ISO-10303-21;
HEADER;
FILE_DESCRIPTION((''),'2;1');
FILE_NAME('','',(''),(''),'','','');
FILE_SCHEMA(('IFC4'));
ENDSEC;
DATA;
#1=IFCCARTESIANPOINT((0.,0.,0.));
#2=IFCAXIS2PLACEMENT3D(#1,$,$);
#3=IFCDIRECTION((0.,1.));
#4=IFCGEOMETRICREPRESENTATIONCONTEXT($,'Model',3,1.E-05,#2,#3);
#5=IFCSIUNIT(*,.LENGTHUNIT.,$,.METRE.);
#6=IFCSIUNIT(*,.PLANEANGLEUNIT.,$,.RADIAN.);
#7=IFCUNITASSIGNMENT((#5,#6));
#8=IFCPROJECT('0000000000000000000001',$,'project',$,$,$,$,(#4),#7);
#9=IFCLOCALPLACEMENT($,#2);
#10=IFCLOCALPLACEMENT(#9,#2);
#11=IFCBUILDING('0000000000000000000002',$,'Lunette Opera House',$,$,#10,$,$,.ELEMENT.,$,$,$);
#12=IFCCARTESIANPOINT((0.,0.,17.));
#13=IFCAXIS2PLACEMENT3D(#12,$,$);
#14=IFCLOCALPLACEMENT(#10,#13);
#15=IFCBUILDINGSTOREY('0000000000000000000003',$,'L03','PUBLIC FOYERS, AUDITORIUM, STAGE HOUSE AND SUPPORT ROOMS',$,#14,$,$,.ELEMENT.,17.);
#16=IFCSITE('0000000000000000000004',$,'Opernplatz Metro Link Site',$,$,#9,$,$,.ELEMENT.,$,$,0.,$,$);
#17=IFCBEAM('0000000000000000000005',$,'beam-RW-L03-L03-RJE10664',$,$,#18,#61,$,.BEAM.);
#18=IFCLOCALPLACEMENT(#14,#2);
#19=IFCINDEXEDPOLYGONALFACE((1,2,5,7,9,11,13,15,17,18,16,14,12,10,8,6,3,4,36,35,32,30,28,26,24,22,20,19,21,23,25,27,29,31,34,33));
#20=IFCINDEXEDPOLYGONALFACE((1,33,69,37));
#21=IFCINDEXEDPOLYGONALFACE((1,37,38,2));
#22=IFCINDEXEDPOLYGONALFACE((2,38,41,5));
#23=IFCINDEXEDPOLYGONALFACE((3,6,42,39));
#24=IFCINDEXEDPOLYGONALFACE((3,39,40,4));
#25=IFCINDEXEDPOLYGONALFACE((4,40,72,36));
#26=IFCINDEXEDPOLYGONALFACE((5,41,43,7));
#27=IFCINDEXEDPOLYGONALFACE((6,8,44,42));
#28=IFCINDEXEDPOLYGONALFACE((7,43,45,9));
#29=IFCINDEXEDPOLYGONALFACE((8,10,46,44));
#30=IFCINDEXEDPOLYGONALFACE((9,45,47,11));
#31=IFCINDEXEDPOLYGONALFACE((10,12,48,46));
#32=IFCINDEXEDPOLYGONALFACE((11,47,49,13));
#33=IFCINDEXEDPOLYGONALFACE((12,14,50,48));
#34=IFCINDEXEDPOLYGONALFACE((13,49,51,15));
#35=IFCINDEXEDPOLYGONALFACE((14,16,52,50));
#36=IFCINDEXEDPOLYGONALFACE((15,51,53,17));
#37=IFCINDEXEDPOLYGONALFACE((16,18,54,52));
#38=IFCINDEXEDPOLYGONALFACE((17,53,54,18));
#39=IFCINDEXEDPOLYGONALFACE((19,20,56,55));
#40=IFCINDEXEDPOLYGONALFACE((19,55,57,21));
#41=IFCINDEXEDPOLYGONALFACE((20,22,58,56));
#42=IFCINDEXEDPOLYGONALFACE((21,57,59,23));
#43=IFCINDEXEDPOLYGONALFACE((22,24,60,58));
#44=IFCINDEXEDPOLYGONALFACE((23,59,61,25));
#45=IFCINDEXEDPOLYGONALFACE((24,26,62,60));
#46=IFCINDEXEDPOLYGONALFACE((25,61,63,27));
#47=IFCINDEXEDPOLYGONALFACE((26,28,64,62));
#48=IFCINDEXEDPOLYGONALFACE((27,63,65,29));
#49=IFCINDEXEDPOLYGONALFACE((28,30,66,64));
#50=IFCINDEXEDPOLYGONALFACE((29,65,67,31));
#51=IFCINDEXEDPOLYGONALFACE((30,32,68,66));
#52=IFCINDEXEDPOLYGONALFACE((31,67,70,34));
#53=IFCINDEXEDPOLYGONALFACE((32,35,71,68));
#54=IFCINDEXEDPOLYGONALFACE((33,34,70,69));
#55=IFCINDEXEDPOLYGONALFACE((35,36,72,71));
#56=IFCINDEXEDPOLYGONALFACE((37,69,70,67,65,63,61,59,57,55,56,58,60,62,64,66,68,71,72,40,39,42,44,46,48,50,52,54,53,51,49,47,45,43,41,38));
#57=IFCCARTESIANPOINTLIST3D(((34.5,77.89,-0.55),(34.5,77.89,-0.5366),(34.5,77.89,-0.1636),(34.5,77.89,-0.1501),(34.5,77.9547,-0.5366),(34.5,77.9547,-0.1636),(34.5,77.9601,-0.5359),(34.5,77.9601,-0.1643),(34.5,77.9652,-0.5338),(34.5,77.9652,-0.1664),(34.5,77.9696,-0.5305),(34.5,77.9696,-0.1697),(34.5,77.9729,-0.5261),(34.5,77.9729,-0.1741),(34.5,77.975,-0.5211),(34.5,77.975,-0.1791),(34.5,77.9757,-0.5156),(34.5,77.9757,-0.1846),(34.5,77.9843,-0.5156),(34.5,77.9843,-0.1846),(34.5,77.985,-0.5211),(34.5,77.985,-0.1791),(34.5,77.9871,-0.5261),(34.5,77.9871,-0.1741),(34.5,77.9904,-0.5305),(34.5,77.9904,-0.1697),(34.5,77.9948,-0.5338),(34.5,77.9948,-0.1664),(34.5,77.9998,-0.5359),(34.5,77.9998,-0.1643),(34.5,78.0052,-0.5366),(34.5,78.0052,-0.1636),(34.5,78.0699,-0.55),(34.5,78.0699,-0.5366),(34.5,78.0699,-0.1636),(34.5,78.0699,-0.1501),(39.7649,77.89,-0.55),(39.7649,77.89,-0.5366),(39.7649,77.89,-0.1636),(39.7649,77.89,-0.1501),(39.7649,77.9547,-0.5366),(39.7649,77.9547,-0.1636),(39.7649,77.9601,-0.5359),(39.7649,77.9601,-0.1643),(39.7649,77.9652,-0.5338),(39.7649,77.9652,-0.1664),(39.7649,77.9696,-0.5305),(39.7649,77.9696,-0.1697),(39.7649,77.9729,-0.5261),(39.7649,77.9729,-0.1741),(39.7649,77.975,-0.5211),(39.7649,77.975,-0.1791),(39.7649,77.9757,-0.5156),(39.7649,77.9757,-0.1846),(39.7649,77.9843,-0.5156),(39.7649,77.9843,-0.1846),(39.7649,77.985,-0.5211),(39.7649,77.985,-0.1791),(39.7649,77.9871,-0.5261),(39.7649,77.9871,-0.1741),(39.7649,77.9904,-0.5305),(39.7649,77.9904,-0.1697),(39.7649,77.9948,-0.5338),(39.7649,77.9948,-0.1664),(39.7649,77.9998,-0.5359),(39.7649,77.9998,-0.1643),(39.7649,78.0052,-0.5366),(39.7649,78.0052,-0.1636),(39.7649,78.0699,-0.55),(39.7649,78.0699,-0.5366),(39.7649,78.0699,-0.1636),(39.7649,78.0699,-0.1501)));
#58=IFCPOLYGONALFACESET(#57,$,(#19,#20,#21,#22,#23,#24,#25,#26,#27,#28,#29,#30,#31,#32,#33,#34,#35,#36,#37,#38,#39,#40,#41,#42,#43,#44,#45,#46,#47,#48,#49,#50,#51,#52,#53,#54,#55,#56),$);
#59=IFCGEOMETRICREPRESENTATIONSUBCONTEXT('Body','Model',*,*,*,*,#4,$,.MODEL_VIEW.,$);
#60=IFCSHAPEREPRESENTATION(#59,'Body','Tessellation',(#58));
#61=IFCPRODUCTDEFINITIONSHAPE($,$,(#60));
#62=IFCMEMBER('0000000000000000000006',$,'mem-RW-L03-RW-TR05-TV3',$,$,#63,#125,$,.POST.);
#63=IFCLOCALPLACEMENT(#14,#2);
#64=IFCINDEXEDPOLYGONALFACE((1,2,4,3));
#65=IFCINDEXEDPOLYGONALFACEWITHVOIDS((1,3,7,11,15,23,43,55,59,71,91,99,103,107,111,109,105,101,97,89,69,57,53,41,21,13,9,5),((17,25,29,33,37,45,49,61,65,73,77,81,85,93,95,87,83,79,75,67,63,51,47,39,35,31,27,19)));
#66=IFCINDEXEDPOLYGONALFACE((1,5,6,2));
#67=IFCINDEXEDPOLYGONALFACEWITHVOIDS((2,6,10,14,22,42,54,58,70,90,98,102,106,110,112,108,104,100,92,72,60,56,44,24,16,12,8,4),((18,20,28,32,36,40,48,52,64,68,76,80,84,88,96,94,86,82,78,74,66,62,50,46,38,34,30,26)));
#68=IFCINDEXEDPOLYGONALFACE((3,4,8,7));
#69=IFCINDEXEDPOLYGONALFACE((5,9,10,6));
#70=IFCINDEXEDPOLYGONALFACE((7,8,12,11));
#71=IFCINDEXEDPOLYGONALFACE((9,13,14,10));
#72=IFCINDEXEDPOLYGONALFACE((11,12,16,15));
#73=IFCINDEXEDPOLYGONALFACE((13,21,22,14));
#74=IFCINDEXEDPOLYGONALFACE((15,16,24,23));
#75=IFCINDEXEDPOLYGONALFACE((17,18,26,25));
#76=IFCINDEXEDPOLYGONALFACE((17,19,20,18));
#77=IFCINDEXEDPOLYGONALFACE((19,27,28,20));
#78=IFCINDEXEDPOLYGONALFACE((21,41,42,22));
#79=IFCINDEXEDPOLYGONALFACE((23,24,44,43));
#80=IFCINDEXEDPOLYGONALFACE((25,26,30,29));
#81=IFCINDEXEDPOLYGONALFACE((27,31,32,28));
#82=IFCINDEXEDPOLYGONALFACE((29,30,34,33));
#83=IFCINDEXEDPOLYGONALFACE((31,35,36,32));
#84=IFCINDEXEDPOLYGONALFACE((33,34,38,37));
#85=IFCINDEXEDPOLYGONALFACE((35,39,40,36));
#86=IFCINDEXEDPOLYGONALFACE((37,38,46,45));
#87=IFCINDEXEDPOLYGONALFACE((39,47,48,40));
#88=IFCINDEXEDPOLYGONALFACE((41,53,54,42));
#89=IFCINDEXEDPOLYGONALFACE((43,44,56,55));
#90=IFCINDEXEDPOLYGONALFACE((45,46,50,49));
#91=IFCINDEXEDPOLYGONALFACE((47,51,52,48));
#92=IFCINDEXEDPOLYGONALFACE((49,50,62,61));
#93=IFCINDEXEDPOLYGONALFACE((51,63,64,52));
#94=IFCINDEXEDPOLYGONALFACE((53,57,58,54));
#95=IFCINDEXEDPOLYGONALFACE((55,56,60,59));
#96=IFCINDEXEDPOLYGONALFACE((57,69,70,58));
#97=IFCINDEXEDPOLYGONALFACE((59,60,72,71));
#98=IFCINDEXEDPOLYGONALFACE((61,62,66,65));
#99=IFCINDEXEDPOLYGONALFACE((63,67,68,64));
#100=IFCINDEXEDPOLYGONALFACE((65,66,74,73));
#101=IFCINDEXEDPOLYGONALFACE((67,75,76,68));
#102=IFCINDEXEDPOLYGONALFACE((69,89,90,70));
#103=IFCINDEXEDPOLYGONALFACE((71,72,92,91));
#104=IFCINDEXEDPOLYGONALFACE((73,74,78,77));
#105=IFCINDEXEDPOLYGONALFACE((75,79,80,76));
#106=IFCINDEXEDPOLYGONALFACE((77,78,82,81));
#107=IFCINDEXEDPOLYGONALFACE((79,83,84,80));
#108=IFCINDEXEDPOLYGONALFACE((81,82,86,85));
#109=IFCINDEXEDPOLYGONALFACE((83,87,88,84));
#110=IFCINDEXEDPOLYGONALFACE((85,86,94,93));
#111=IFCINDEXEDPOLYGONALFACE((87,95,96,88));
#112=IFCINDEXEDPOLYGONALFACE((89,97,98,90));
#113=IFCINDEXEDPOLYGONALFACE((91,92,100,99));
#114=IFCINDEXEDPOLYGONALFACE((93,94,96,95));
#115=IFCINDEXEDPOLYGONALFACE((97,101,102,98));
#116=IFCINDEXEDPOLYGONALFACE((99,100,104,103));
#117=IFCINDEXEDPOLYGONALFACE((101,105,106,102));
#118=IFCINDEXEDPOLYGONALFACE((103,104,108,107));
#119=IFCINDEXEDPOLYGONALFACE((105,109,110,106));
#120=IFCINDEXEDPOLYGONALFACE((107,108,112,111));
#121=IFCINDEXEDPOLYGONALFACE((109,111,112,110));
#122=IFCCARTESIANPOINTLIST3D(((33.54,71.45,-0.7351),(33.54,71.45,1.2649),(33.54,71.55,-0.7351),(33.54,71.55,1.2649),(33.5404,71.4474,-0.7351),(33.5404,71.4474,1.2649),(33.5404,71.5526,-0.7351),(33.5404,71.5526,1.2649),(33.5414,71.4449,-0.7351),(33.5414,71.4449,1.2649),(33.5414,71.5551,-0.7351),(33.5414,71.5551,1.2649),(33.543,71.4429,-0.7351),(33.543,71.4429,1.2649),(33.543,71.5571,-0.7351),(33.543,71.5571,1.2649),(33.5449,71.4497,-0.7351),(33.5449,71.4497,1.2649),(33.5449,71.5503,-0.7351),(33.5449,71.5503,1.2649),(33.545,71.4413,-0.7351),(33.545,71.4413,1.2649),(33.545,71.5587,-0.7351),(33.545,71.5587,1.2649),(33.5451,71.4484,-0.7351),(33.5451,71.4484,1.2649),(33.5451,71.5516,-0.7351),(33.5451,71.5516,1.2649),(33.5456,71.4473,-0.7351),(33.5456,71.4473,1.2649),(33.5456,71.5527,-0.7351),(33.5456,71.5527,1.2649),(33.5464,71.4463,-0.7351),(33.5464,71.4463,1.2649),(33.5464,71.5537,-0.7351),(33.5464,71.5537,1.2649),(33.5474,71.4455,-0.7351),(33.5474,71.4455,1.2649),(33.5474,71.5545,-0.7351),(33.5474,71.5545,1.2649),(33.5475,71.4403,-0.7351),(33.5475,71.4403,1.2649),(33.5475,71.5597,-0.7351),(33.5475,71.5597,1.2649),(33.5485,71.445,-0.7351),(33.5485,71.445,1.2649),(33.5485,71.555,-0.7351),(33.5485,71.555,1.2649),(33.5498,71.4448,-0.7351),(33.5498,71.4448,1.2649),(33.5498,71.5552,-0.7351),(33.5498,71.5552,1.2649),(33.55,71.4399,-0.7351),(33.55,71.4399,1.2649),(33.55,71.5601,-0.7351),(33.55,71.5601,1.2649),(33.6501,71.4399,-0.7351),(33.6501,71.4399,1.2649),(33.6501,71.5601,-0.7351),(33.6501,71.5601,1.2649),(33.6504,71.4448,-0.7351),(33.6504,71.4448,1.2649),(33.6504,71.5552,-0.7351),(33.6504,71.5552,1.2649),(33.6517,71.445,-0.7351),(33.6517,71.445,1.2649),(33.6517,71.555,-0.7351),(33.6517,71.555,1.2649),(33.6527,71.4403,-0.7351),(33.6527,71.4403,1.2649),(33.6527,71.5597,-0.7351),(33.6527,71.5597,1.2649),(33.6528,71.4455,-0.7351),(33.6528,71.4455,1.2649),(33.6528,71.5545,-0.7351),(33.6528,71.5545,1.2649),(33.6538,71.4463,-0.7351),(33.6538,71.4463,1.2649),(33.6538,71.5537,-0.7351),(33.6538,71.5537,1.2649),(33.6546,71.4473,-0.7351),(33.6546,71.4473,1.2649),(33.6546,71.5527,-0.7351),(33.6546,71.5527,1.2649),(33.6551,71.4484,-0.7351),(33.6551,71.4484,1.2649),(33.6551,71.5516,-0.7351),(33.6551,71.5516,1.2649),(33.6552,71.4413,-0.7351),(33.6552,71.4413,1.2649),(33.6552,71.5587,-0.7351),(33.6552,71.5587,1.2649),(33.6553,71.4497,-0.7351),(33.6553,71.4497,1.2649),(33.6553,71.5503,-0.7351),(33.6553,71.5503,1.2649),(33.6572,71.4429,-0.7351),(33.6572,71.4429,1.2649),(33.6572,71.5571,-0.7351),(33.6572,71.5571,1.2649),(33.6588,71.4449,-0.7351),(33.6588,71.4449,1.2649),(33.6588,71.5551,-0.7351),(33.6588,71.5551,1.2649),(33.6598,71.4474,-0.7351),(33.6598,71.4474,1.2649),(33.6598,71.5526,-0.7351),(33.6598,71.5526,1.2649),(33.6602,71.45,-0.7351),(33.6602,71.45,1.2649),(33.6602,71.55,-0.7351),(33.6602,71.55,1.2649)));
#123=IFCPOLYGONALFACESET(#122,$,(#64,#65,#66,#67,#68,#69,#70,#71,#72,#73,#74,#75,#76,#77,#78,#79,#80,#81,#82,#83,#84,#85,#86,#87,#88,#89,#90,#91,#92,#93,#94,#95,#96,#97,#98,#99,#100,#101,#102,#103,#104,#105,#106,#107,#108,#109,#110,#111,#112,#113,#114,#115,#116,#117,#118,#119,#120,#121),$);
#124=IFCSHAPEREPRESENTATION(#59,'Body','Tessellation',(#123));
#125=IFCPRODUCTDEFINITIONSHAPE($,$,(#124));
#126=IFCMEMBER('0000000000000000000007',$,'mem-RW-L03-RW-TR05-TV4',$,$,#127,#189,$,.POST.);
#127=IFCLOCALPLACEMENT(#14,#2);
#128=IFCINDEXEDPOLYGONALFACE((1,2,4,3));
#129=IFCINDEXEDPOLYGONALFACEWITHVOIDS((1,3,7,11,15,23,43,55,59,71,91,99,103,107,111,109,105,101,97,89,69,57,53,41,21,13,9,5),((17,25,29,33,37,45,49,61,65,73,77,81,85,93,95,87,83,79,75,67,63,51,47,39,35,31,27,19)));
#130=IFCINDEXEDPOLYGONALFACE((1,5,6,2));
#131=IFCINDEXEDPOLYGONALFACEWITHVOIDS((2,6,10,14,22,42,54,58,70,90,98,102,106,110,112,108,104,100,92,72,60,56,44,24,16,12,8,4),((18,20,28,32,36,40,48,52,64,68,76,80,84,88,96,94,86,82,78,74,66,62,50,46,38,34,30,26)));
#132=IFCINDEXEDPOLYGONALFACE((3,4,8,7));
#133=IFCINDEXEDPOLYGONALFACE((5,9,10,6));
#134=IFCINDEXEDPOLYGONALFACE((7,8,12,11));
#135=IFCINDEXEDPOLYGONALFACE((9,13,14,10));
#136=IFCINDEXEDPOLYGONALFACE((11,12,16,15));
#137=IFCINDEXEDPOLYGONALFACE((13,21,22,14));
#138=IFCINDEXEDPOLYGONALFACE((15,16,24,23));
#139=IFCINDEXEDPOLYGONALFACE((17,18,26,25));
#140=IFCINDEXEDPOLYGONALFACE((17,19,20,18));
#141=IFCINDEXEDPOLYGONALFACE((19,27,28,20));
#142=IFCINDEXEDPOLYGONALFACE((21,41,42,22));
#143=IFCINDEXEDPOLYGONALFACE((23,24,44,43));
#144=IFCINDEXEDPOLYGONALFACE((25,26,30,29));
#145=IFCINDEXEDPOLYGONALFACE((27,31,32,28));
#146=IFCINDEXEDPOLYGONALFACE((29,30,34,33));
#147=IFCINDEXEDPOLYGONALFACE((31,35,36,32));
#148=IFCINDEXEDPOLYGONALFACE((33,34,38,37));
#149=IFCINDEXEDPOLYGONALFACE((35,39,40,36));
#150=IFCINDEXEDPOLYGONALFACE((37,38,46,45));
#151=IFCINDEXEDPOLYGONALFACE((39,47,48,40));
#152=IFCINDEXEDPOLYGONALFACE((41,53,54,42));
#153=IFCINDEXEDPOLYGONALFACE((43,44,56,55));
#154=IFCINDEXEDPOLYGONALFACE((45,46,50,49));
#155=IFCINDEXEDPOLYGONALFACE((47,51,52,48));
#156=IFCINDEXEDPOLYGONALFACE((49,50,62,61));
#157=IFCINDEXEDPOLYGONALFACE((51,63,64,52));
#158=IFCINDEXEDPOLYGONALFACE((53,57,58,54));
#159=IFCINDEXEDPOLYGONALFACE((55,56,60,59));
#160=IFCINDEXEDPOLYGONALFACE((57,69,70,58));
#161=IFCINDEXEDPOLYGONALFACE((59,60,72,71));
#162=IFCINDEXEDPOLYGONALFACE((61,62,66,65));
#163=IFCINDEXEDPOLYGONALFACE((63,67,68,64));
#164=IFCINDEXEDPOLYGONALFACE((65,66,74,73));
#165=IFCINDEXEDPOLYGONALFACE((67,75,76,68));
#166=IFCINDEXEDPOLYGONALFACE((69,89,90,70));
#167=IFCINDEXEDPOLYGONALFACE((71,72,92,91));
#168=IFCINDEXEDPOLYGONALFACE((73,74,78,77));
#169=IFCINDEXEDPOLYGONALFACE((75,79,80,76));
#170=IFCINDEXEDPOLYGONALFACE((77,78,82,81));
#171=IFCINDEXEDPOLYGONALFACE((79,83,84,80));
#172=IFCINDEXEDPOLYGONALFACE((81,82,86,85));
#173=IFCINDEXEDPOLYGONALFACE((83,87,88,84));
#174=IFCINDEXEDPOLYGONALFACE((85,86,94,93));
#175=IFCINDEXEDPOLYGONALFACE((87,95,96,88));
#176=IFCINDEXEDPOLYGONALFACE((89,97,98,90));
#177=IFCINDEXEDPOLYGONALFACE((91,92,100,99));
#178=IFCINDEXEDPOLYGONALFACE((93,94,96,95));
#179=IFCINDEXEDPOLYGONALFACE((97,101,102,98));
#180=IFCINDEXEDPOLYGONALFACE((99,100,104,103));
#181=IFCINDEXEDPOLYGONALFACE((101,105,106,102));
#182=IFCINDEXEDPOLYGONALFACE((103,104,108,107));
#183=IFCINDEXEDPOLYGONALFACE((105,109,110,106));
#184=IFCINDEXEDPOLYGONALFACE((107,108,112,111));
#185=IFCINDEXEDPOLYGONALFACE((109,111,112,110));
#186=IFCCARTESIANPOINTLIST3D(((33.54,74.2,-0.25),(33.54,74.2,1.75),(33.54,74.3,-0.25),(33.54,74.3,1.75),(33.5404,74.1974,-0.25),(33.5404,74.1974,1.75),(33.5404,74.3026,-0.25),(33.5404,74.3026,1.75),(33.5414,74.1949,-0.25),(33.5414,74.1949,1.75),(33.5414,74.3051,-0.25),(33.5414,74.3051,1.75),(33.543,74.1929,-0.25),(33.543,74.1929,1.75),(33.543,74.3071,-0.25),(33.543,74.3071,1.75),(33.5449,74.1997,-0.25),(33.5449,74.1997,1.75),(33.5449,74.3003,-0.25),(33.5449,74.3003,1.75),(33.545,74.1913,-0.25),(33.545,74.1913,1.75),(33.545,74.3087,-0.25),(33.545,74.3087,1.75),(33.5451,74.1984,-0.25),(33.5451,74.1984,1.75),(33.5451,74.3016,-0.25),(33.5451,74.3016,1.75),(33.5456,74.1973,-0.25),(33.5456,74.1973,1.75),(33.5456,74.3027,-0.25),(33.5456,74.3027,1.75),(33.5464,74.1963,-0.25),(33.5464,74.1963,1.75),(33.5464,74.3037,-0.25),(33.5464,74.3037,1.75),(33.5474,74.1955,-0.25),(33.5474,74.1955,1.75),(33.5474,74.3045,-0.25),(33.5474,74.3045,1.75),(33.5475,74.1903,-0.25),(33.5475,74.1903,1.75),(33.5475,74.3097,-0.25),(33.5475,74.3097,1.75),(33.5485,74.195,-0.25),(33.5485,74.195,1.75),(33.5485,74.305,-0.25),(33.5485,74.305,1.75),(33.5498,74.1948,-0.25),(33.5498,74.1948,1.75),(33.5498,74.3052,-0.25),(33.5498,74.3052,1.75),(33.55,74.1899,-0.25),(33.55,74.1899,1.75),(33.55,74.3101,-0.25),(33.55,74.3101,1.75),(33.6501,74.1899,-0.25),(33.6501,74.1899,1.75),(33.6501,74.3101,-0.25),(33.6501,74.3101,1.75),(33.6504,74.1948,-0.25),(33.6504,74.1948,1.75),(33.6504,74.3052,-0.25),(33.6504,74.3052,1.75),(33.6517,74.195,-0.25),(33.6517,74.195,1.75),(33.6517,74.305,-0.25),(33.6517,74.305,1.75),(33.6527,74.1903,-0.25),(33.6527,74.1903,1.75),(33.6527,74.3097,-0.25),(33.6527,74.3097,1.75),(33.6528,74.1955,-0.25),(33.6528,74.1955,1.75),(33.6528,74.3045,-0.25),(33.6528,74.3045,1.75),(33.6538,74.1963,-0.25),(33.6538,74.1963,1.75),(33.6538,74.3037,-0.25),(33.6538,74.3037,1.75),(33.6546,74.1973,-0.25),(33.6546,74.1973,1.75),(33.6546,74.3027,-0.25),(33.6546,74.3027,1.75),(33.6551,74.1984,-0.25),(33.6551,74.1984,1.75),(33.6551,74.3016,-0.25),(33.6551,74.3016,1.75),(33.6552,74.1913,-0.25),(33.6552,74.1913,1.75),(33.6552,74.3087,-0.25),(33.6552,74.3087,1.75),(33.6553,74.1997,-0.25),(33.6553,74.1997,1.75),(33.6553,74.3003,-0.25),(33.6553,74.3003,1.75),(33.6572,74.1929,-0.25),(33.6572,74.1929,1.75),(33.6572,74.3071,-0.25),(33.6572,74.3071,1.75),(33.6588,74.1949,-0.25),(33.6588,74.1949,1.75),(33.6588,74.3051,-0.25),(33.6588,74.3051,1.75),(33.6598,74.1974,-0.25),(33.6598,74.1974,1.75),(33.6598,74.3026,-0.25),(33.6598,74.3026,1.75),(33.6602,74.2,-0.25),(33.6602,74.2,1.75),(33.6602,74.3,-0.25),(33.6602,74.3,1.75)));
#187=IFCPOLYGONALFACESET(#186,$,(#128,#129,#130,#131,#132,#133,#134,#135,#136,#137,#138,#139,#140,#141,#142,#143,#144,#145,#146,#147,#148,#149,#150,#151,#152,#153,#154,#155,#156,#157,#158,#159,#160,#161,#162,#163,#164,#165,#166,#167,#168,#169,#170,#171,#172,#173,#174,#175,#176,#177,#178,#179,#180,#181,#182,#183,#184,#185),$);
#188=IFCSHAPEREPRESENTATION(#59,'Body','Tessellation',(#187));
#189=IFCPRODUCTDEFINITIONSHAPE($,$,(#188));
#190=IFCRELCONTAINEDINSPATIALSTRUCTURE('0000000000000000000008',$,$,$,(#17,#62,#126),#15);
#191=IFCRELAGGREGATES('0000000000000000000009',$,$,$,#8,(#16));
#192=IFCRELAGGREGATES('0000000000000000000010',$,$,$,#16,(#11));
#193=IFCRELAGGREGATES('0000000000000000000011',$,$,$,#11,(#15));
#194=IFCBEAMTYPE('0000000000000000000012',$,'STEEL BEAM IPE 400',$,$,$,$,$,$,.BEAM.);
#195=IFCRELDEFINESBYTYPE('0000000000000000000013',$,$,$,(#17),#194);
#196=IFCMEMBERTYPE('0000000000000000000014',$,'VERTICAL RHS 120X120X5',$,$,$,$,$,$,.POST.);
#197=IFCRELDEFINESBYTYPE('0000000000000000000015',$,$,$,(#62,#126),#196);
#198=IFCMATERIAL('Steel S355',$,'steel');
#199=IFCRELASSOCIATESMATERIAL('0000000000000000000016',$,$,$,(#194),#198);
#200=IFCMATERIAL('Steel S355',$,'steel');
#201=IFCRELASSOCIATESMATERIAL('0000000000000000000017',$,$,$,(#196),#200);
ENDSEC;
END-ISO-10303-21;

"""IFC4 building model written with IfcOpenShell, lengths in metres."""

from ifc_helpers import new_model, si_unit, direction, frame, origin, origin_2d, place, context, subcontext, project, spatial, hollow_rectangle, i_section, extrude, material, material_profile, profile_set, type_object, element, save


model = new_model("IFC4")

# Units and contexts
model_context = context("Model", 3, precision=1e-05, world=origin(), true_north=direction((0.0, 1.0)))
body_context = subcontext(model_context, "Body", "Model", "MODEL_VIEW")
ifc_project = project(units=[si_unit("LENGTHUNIT", "METRE"), si_unit("PLANEANGLEUNIT", "RADIAN")], contexts=[model_context])

# Site, building, storey
site_placement = place(None, origin())
site = spatial("IfcSite", under=ifc_project, at=site_placement, Name="Opernplatz Metro Link Site", CompositionType="ELEMENT", RefElevation=0.0)
building_placement = place(site_placement, origin())
building = spatial("IfcBuilding", under=site, at=building_placement, Name="Lunette Opera House", CompositionType="ELEMENT")
storey_placement = place(building_placement, frame((0.0, 0.0, 17.0)))
storey = spatial("IfcBuildingStorey", under=building, at=storey_placement, Name="L03", Description="PUBLIC FOYERS, AUDITORIUM, STAGE HOUSE AND SUPPORT ROOMS", CompositionType="ELEMENT", Elevation=17.0)

# Beam
ifc_material_1 = material(Name="Steel S355", Category="steel")
ifc_material_profile_1 = material_profile(ifc_material_1, i_section(OverallWidth=0.1799, OverallDepth=0.3999, WebThickness=0.0085, FlangeThickness=0.0134, FilletRadius=0.021, at=origin_2d()), Name="IPE 400")
ifc_profile_set_1 = profile_set([ifc_material_profile_1], Name="Steel S355")
beam_type_1 = type_object("IfcBeamType", Name="STEEL BEAM IPE 400", PredefinedType="BEAM", material=ifc_profile_set_1)
for number, where, z_axis, x_axis, name in (
    (1, (34.5, 77.98, -0.3501), (1.0, 0.0, 0.0), (0.0, 1.0, 0.0), "beam-RW-L03-L03-RJE10664"),
):
    element("IfcBeam", number, at=place(storey_placement, frame(where, z_axis=z_axis, x_axis=x_axis)), inside=storey, type_object=beam_type_1, Name=name, PredefinedType="BEAM", context=body_context, shape_type="SweptSolid", body=[
        extrude(i_section(OverallWidth=0.1799, OverallDepth=0.3999, WebThickness=0.0085, FlangeThickness=0.0134, FilletRadius=0.021, at=origin_2d()), origin(), (0.0, 0.0, 1.0), 5.2649),
    ])

# Members
ifc_material_2 = material(Name="Steel S355", Category="steel")
ifc_material_profile_2 = material_profile(ifc_material_2, hollow_rectangle(XDim=0.1201, YDim=0.1201, WallThickness=0.0049, InnerFilletRadius=0.0049, OuterFilletRadius=0.01, at=origin_2d()), Name="RHS 120X120X5")
ifc_profile_set_2 = profile_set([ifc_material_profile_2], Name="Steel S355")
member_type_1 = type_object("IfcMemberType", Name="VERTICAL RHS 120X120X5", PredefinedType="POST", material=ifc_profile_set_2)
for number, where, z_axis, x_axis, name in (
    (2, (33.6001, 71.5, -0.7351), (0.0, 0.0, 1.0), (1.0, 0.0, 0.0), "mem-RW-L03-RW-TR05-TV3"),
    (3, (33.6001, 74.25, -0.25), (0.0, 0.0, 1.0), (1.0, 0.0, 0.0), "mem-RW-L03-RW-TR05-TV4"),
):
    element("IfcMember", number, at=place(storey_placement, frame(where, z_axis=z_axis, x_axis=x_axis)), inside=storey, type_object=member_type_1, Name=name, PredefinedType="POST", context=body_context, shape_type="SweptSolid", body=[
        extrude(hollow_rectangle(XDim=0.1201, YDim=0.1201, WallThickness=0.0049, InnerFilletRadius=0.0049, OuterFilletRadius=0.01, at=origin_2d()), origin(), (0.0, 0.0, 1.0), 2.0),
    ])

save(model, "model.ifc")
